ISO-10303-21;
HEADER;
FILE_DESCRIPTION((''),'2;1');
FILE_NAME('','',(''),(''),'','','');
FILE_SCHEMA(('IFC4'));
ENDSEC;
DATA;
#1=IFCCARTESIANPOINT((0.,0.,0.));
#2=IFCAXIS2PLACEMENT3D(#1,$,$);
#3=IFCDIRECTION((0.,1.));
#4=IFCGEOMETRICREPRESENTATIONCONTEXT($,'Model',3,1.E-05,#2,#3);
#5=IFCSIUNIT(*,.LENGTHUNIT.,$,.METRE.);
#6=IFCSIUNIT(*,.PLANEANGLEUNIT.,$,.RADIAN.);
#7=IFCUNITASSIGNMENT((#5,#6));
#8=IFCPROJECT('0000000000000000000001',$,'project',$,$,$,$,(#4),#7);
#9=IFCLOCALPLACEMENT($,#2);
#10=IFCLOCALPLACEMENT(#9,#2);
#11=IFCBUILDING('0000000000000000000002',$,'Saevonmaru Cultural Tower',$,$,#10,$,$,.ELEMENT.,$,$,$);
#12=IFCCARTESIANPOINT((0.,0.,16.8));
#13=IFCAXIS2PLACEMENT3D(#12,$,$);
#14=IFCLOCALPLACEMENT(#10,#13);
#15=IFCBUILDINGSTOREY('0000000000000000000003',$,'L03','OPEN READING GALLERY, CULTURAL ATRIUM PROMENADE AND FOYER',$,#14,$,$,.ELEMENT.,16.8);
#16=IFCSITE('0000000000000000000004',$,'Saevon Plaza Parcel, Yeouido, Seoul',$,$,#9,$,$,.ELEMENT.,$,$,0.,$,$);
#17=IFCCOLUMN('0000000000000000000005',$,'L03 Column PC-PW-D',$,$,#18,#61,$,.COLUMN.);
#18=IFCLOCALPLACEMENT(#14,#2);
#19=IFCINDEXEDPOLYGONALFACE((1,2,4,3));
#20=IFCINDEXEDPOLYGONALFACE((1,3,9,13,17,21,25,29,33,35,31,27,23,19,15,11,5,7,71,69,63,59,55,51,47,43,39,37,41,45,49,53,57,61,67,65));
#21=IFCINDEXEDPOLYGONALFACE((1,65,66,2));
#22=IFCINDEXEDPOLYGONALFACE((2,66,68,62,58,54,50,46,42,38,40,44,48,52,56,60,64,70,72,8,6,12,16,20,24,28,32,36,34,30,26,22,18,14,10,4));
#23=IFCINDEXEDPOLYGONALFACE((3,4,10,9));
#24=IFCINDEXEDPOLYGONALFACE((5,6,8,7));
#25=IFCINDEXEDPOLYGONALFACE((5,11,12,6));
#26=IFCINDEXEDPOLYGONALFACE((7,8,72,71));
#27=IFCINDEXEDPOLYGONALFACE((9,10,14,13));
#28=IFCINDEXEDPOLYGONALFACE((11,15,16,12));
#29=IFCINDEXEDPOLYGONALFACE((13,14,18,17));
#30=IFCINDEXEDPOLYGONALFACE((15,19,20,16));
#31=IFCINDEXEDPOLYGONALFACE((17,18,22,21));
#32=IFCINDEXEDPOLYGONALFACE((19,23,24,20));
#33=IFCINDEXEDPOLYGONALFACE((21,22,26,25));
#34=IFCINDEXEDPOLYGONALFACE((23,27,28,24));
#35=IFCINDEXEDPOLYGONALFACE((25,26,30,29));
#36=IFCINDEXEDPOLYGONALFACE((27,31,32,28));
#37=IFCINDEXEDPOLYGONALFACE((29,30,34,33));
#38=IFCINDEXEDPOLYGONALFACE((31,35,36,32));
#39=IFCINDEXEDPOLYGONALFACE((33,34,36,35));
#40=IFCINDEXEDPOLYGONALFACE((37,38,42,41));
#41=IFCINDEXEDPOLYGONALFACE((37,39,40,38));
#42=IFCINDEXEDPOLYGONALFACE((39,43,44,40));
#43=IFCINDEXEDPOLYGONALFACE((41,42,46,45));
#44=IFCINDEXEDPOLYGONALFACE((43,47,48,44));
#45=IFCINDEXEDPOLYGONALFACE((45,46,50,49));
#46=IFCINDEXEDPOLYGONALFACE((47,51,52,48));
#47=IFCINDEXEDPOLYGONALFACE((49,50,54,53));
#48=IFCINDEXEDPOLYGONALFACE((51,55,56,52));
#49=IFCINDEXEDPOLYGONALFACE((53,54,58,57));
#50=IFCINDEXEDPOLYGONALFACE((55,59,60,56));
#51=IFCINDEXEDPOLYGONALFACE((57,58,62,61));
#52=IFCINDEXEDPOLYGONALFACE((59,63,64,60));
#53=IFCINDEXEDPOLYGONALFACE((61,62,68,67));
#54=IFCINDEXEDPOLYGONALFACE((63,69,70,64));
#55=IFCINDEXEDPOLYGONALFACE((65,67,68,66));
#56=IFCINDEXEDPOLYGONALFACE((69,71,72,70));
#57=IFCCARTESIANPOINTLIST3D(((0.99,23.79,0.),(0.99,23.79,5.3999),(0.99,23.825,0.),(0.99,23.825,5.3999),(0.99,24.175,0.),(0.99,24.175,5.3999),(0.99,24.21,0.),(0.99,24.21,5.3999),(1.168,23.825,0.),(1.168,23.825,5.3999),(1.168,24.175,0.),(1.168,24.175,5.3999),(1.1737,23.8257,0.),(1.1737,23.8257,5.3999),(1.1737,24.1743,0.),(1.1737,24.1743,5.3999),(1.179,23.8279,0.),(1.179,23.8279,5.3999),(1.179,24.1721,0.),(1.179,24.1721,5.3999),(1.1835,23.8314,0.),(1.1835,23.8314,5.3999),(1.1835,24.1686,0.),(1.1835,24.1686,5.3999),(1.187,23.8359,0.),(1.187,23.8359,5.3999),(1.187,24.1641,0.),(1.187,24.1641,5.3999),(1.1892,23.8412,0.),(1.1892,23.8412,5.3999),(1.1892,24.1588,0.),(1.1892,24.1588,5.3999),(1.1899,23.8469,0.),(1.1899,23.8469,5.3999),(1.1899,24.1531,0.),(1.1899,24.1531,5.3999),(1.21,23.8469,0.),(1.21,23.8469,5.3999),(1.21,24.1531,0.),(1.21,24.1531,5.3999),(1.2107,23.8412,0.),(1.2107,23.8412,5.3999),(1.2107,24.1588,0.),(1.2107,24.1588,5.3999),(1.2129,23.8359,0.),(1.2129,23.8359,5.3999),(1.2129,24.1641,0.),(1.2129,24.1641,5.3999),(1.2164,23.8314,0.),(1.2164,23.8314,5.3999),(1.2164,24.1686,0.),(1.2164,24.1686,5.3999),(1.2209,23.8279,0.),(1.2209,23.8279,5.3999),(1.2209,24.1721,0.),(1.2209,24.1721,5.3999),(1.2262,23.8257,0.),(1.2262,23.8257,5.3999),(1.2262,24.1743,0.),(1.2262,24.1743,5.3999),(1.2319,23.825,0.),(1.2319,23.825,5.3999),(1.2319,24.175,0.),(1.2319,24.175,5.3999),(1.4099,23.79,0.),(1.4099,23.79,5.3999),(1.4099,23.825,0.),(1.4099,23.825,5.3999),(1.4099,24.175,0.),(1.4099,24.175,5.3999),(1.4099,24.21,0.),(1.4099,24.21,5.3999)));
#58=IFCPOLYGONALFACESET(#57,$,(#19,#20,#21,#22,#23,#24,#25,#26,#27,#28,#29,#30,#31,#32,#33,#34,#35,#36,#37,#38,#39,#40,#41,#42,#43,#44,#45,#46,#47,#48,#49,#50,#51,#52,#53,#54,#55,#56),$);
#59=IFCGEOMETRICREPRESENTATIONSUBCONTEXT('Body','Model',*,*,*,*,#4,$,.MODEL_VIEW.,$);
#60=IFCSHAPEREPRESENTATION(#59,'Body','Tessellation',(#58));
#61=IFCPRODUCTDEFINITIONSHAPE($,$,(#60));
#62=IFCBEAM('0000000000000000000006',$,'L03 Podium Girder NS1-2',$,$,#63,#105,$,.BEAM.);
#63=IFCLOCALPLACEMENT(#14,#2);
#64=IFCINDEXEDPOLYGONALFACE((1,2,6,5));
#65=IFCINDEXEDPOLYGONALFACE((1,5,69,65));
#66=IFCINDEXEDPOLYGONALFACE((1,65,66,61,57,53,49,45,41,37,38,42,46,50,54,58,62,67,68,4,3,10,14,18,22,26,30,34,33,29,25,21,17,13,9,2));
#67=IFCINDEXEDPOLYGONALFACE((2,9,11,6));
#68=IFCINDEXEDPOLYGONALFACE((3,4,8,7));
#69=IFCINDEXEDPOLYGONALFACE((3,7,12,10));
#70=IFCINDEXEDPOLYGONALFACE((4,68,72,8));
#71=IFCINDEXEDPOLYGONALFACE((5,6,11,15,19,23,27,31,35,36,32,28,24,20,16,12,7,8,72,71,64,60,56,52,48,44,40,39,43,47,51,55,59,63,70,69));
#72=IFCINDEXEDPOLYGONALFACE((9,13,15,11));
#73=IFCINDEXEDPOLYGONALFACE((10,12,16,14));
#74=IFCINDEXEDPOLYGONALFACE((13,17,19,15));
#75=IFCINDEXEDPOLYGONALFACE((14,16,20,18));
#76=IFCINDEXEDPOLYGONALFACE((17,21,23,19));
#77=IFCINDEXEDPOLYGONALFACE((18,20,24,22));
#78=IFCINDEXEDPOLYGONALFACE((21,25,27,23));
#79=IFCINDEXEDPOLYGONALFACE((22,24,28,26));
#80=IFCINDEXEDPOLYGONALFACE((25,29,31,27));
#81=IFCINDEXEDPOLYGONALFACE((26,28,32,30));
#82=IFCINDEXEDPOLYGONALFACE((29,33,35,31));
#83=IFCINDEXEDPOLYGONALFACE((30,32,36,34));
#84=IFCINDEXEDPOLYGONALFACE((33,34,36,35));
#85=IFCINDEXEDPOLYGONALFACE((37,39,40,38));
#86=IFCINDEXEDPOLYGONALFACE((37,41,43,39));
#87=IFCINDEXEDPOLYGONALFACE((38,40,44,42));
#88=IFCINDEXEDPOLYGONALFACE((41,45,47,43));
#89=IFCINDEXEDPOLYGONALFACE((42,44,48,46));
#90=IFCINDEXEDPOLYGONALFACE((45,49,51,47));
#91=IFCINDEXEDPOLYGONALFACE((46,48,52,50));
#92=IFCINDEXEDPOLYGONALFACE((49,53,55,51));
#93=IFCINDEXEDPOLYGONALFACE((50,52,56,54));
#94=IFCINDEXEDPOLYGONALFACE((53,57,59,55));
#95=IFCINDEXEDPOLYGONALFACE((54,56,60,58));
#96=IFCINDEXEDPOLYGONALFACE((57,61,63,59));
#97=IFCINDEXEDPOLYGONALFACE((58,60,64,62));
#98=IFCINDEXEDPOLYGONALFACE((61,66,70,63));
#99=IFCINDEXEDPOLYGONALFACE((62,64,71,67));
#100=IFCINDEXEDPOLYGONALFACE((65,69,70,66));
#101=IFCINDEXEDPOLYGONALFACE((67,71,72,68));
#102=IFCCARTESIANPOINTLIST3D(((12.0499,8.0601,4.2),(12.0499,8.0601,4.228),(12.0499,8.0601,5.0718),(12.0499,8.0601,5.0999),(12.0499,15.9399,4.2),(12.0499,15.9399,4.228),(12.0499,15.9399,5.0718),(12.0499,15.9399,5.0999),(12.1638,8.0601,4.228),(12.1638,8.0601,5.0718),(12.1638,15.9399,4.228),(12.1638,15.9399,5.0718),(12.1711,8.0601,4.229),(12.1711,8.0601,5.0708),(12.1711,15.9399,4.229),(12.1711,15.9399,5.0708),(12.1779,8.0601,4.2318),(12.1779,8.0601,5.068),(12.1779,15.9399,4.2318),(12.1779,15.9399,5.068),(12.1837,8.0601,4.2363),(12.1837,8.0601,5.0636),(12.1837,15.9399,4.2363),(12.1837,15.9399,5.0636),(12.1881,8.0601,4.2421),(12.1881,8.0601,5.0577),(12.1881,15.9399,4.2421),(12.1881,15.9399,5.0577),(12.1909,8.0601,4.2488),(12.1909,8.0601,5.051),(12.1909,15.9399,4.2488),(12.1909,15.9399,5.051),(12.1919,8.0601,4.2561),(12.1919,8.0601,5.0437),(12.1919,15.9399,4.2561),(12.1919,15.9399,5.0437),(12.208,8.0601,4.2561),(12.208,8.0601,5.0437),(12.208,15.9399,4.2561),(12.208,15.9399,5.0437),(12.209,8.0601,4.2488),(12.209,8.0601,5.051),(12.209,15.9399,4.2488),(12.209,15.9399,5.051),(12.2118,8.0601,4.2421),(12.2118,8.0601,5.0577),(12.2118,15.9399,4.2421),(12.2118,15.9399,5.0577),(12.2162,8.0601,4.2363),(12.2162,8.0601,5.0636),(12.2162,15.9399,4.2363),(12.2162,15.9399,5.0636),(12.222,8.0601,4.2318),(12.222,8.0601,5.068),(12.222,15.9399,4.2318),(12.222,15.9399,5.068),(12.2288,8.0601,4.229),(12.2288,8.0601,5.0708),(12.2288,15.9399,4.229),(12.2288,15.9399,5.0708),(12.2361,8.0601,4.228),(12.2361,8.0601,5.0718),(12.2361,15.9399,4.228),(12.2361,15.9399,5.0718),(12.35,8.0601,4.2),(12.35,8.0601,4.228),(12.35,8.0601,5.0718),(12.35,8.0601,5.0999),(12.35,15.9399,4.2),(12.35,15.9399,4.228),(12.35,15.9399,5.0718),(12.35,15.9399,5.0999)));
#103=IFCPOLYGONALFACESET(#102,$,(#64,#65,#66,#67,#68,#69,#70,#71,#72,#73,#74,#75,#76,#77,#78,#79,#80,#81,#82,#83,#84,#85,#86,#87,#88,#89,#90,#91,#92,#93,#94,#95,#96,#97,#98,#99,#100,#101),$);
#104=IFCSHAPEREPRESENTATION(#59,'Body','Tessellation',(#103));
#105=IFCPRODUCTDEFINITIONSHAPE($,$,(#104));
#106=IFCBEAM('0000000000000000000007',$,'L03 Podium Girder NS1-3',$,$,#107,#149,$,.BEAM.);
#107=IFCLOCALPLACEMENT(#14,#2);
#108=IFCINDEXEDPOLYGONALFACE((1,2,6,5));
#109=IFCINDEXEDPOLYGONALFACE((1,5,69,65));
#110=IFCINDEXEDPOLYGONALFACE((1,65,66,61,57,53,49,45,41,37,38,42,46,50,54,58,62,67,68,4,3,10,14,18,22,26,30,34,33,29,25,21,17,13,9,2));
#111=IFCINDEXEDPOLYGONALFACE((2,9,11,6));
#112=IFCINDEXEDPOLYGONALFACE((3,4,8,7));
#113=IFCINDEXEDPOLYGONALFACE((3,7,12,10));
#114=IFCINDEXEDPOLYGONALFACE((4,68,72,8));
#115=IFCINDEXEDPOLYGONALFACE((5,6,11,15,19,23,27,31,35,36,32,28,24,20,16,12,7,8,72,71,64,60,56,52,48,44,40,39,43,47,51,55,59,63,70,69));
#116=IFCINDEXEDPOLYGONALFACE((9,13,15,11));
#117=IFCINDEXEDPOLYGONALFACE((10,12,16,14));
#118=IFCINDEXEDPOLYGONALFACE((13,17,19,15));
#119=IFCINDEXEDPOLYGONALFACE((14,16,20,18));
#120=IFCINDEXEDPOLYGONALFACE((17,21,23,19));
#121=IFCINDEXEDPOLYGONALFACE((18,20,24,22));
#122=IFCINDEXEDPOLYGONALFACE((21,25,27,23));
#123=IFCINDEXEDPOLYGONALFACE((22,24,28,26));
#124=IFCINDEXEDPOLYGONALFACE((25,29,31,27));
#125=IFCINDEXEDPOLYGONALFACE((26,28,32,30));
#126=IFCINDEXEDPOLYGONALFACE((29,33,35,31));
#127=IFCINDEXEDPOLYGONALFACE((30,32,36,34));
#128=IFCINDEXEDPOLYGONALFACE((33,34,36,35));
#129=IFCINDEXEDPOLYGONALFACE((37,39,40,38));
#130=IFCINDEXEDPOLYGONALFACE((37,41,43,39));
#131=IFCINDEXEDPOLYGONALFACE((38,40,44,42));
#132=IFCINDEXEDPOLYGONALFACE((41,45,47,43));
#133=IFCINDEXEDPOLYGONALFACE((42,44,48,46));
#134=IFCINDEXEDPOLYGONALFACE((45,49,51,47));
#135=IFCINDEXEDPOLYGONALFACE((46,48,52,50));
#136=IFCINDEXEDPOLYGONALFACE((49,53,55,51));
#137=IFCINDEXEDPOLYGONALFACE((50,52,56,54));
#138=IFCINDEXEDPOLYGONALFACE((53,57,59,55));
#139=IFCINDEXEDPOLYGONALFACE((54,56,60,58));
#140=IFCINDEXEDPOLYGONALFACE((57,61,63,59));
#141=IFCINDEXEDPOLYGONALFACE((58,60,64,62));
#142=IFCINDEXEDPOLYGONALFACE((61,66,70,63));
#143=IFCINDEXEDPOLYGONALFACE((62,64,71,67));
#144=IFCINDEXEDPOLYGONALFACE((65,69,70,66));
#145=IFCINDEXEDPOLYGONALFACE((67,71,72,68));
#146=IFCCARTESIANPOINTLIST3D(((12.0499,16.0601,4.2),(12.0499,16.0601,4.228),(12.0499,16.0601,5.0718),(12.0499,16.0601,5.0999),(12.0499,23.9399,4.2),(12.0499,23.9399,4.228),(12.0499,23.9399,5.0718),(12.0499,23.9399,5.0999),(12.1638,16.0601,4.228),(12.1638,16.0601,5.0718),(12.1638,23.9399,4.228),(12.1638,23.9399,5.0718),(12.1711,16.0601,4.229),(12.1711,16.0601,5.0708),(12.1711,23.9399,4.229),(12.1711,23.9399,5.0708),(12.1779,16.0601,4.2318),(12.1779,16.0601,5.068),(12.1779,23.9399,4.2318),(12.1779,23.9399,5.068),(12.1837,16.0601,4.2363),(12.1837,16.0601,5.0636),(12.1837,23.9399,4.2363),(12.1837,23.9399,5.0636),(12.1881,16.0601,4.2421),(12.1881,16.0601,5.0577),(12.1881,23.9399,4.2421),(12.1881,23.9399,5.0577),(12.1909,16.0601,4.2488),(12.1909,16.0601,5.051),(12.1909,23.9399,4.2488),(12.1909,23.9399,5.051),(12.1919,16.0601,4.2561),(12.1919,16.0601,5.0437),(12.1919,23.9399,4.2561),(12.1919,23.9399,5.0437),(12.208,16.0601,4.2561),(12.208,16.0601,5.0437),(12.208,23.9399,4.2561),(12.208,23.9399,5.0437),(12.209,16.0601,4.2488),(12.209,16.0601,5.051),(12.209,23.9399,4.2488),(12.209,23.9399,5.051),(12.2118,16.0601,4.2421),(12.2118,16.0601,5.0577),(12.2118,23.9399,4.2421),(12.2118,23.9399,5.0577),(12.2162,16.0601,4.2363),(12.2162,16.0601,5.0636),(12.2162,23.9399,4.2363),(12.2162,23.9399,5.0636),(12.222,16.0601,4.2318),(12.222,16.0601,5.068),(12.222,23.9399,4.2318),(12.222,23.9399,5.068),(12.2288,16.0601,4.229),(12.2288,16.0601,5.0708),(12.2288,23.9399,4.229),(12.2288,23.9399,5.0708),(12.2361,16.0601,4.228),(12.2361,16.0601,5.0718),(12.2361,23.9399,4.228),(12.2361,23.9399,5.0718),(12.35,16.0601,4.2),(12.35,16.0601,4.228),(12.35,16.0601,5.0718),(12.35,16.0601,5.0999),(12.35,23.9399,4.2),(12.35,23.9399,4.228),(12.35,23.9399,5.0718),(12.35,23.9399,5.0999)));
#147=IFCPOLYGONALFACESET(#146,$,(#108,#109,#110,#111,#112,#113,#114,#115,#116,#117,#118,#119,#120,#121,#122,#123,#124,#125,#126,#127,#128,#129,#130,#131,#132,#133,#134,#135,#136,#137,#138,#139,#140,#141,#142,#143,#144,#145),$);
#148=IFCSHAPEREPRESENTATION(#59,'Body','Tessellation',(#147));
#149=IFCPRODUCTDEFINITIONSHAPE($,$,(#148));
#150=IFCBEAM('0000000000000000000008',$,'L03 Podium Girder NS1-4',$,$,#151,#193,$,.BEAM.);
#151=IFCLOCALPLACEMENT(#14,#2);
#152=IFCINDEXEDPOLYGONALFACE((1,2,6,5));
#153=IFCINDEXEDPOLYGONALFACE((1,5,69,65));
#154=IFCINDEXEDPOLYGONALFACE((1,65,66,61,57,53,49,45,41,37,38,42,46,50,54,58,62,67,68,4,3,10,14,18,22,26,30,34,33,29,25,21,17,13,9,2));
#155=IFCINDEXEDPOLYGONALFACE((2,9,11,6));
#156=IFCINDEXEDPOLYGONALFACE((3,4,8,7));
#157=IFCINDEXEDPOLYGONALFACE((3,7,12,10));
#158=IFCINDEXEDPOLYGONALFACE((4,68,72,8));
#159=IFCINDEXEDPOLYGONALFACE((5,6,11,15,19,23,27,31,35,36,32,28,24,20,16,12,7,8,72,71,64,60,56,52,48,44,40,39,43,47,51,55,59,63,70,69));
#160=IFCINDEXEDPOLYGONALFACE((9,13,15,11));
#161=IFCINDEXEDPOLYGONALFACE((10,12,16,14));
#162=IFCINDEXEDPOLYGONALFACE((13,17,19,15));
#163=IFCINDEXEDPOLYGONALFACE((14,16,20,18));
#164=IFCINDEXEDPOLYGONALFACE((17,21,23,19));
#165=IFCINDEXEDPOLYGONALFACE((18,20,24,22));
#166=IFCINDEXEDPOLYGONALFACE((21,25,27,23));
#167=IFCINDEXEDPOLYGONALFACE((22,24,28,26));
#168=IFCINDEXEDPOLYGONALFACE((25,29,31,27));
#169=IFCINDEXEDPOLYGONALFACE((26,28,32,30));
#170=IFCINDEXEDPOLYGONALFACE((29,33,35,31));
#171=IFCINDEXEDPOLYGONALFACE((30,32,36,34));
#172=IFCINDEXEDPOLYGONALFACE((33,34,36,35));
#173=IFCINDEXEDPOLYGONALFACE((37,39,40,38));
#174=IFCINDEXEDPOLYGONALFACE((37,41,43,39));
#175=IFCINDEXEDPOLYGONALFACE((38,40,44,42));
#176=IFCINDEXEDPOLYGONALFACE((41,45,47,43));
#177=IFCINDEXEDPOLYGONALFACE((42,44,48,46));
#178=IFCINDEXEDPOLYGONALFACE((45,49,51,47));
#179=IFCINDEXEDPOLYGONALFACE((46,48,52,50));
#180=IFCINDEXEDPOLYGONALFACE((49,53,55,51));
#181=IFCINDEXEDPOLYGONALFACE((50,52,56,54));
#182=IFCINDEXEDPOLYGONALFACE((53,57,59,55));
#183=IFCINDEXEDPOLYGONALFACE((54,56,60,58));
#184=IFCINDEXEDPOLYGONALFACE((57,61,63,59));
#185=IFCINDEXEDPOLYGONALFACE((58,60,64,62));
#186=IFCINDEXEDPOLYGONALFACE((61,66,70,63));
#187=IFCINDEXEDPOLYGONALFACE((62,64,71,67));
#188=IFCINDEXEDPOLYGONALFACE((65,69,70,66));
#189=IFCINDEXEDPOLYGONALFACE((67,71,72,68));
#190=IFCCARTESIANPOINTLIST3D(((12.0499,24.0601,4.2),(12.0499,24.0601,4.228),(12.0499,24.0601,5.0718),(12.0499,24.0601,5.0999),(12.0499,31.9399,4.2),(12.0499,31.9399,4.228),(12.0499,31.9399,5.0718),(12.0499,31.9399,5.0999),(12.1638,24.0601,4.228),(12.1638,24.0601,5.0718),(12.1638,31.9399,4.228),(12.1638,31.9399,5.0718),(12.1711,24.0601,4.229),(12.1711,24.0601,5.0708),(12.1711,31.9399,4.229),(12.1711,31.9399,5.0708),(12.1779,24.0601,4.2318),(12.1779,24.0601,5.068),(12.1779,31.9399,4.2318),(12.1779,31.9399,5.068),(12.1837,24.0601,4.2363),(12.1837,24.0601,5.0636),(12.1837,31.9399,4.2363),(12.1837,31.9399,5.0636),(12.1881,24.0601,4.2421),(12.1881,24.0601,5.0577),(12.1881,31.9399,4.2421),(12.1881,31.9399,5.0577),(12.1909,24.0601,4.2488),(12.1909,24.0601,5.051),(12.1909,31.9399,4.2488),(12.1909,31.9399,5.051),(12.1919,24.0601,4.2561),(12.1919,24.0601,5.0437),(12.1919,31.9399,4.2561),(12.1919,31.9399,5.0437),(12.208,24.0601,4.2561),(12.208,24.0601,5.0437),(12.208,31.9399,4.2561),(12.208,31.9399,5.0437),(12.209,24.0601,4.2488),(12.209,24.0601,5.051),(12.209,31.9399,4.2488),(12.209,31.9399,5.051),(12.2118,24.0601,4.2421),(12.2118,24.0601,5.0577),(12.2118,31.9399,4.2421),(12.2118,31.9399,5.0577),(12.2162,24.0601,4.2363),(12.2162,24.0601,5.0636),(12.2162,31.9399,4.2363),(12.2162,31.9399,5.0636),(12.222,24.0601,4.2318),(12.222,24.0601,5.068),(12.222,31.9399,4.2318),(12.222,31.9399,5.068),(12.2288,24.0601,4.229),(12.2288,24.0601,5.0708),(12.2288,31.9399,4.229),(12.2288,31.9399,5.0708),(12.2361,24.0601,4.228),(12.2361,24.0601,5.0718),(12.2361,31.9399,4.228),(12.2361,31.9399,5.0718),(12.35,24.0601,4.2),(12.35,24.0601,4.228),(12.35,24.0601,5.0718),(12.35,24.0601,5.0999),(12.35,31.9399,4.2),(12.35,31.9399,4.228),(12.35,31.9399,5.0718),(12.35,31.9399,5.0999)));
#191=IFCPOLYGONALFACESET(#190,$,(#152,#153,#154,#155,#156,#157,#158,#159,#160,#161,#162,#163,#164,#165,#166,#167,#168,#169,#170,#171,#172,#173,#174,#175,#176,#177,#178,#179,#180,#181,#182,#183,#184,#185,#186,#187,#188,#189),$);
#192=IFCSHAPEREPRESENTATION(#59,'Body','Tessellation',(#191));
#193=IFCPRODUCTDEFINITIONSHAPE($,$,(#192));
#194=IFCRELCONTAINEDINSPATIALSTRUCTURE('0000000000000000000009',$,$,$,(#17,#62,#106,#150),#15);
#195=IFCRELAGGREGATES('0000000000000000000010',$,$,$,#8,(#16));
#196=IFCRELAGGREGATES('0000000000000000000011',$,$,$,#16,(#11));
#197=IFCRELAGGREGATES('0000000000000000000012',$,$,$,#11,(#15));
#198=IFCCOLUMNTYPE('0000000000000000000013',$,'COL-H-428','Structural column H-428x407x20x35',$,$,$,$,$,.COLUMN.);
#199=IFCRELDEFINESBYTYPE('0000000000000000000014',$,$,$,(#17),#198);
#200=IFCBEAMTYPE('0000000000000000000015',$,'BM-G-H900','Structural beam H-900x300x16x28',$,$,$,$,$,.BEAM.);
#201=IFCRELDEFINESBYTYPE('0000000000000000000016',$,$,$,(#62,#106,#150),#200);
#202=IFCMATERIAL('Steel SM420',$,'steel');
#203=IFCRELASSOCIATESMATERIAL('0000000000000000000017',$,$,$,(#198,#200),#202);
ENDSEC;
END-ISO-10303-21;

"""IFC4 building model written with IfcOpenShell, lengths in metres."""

from ifc_helpers import new_model, si_unit, direction, frame, origin, origin_2d, place, context, subcontext, project, spatial, i_section, extrude, material, material_profile, profile_set, type_object, element, save


model = new_model("IFC4")

# Units and contexts
model_context = context("Model", 3, precision=1e-05, world=origin(), true_north=direction((0.0, 1.0)))
body_context = subcontext(model_context, "Body", "Model", "MODEL_VIEW")
ifc_project = project(units=[si_unit("LENGTHUNIT", "METRE"), si_unit("PLANEANGLEUNIT", "RADIAN")], contexts=[model_context])

# Site, building, storey
site_placement = place(None, origin())
site = spatial("IfcSite", under=ifc_project, at=site_placement, Name="Saevon Plaza Parcel, Yeouido, Seoul", CompositionType="ELEMENT", RefElevation=0.0)
building_placement = place(site_placement, origin())
building = spatial("IfcBuilding", under=site, at=building_placement, Name="Saevonmaru Cultural Tower", CompositionType="ELEMENT")
storey_placement = place(building_placement, frame((0.0, 0.0, 16.8)))
storey = spatial("IfcBuildingStorey", under=building, at=storey_placement, Name="L03", Description="OPEN READING GALLERY, CULTURAL ATRIUM PROMENADE AND FOYER", CompositionType="ELEMENT", Elevation=16.8)

# Column
ifc_material_1 = material(Name="Steel SM420", Category="steel")
ifc_material_profile_1 = material_profile(ifc_material_1, i_section(OverallWidth=0.4199, OverallDepth=0.4199, WebThickness=0.02, FlangeThickness=0.0349, FilletRadius=0.022, at=origin_2d()), Name="H-428x407x20x35")
ifc_profile_set_1 = profile_set([ifc_material_profile_1], Name="Steel SM420")
column_type_1 = type_object("IfcColumnType", Name="COL-H-428", Description="Structural column H-428x407x20x35", PredefinedType="COLUMN", material=ifc_profile_set_1)
for number, where, z_axis, x_axis, name in (
    (1, (1.2, 24.0, 0.0), (0.0, 0.0, 1.0), (1.0, 0.0, 0.0), "L03 Column PC-PW-D"),
):
    element("IfcColumn", number, at=place(storey_placement, frame(where, z_axis=z_axis, x_axis=x_axis)), inside=storey, type_object=column_type_1, Name=name, PredefinedType="COLUMN", context=body_context, shape_type="SweptSolid", body=[
        extrude(i_section(OverallWidth=0.4199, OverallDepth=0.4199, WebThickness=0.02, FlangeThickness=0.0349, FilletRadius=0.022, at=origin_2d()), origin(), (0.0, 0.0, 1.0), 5.3999),
    ])

# Beams
ifc_material_profile_2 = material_profile(ifc_material_1, i_section(OverallWidth=0.3, OverallDepth=0.8999, WebThickness=0.0161, FlangeThickness=0.0281, FilletRadius=0.0281, at=origin_2d()), Name="H-900x300x16x28")
ifc_profile_set_2 = profile_set([ifc_material_profile_2], Name="Steel SM420")
beam_type_1 = type_object("IfcBeamType", Name="BM-G-H900", Description="Structural beam H-900x300x16x28", PredefinedType="BEAM", material=ifc_profile_set_2)
for number, where, z_axis, x_axis, name in (
    (2, (12.2, 8.0601, 4.6499), (0.0, 1.0, 0.0), (-1.0, 0.0, 0.0), "L03 Podium Girder NS1-2"),
    (3, (12.2, 16.0601, 4.6499), (0.0, 1.0, 0.0), (-1.0, 0.0, 0.0), "L03 Podium Girder NS1-3"),
    (4, (12.2, 24.0601, 4.6499), (0.0, 1.0, 0.0), (-1.0, 0.0, 0.0), "L03 Podium Girder NS1-4"),
):
    element("IfcBeam", number, at=place(storey_placement, frame(where, z_axis=z_axis, x_axis=x_axis)), inside=storey, type_object=beam_type_1, Name=name, PredefinedType="BEAM", context=body_context, shape_type="SweptSolid", body=[
        extrude(i_section(OverallWidth=0.3, OverallDepth=0.8999, WebThickness=0.0161, FlangeThickness=0.0281, FilletRadius=0.0281, at=origin_2d()), origin(), (0.0, 0.0, 1.0), 7.8799),
    ])

save(model, "model.ifc")
